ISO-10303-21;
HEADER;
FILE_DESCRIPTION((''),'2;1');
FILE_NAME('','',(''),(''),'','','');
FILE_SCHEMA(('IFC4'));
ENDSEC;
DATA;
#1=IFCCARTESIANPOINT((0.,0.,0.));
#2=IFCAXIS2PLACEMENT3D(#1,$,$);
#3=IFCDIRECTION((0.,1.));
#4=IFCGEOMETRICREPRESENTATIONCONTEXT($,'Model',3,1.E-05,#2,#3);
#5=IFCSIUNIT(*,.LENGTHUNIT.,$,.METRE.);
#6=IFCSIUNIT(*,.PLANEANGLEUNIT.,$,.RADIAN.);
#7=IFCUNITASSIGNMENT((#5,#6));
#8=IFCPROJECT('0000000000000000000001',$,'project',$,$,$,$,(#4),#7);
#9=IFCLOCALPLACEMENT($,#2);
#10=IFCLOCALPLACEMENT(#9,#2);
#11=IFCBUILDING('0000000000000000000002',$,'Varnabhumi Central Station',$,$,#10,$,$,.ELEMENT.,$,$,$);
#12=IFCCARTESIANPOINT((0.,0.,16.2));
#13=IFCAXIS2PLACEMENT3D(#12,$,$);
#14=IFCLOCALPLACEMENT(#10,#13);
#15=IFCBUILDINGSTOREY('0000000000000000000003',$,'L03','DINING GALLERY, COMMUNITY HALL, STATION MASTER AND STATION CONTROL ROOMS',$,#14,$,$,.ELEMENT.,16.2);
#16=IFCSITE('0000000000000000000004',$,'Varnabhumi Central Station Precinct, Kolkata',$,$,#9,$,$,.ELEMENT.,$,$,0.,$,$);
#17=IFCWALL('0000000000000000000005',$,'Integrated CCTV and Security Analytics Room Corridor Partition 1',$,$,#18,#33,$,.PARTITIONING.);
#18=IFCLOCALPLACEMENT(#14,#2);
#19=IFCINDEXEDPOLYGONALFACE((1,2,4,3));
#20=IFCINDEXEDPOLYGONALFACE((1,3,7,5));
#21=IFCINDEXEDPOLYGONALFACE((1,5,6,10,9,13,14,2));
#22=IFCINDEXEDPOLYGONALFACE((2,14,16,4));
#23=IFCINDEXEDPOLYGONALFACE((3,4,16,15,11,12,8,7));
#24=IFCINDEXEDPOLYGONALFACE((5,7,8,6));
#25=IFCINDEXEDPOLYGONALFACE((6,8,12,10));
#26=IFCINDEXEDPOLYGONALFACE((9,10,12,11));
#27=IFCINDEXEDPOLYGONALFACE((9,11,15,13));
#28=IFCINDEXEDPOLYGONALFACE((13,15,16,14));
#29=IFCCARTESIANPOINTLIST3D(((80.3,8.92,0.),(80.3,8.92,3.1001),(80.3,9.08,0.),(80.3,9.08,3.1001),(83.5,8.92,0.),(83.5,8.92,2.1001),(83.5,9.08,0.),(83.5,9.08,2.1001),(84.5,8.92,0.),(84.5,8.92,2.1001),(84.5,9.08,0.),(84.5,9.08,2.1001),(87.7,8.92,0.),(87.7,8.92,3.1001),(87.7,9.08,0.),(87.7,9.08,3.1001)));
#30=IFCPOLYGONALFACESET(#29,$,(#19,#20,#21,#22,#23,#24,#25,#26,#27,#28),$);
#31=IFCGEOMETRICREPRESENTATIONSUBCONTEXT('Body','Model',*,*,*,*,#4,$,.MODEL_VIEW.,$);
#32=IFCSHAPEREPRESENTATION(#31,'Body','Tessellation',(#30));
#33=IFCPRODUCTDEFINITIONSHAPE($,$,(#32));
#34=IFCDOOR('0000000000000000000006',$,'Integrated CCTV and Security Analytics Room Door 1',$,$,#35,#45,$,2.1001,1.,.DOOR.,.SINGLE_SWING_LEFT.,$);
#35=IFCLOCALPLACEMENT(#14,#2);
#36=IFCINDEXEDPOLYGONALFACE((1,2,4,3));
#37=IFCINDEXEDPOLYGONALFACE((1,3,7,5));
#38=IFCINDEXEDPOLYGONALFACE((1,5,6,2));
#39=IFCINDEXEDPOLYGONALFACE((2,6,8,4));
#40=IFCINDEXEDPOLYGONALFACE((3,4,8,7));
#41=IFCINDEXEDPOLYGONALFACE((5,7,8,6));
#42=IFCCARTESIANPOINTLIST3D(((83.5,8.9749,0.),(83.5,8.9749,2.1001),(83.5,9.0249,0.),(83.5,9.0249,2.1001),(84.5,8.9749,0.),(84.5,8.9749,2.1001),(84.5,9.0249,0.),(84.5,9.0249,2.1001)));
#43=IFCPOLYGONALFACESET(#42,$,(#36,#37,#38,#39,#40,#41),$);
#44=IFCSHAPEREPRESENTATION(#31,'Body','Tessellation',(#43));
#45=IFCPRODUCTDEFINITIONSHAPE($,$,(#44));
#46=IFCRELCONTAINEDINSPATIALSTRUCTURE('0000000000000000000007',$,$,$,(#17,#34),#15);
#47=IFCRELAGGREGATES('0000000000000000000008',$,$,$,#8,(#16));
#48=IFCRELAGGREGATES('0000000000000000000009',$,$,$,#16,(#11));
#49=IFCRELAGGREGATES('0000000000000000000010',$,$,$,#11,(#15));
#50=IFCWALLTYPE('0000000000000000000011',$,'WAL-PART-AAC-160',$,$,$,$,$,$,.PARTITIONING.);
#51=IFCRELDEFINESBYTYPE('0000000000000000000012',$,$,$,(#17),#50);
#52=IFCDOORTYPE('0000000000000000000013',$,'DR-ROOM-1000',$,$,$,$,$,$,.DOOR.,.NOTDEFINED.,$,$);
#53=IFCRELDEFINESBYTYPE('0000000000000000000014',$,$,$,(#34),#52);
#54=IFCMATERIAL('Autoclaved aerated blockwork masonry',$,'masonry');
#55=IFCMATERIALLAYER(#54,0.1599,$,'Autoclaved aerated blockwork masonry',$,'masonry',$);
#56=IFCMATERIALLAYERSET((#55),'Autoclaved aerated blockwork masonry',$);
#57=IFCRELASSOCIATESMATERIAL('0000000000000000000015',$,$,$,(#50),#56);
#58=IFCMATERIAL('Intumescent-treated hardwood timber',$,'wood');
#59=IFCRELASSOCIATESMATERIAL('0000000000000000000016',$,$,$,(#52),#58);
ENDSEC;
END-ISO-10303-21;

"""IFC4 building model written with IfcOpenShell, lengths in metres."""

from ifc_helpers import new_model, si_unit, direction, frame, frame_2d, origin, place, context, subcontext, project, spatial, rectangle, extrude, material, layer, layer_set, type_object, element, fill, save


model = new_model("IFC4")

# Units and contexts
model_context = context("Model", 3, precision=1e-05, world=origin(), true_north=direction((0.0, 1.0)))
body_context = subcontext(model_context, "Body", "Model", "MODEL_VIEW")
ifc_project = project(units=[si_unit("LENGTHUNIT", "METRE"), si_unit("PLANEANGLEUNIT", "RADIAN")], contexts=[model_context])

# Site, building, storey
site_placement = place(None, origin())
site = spatial("IfcSite", under=ifc_project, at=site_placement, Name="Varnabhumi Central Station Precinct, Kolkata", CompositionType="ELEMENT", RefElevation=0.0)
building_placement = place(site_placement, origin())
building = spatial("IfcBuilding", under=site, at=building_placement, Name="Varnabhumi Central Station", CompositionType="ELEMENT")
storey_placement = place(building_placement, frame((0.0, 0.0, 16.2)))
storey = spatial("IfcBuildingStorey", under=building, at=storey_placement, Name="L03", Description="DINING GALLERY, COMMUNITY HALL, STATION MASTER AND STATION CONTROL ROOMS", CompositionType="ELEMENT", Elevation=16.2)

# Shared definitions
ifc_material_1 = material(Name="Intumescent-treated hardwood timber", Category="wood")

# Shared definitions
ifc_material_2 = material(Name="Autoclaved aerated blockwork masonry", Category="masonry")
ifc_layer_1 = layer(ifc_material_2, 0.1599, Name="Autoclaved aerated blockwork masonry", Category="masonry")
ifc_layer_set_1 = layer_set([ifc_layer_1], Name="Autoclaved aerated blockwork masonry")
wall_type_1 = type_object("IfcWallType", Name="WAL-PART-AAC-160", PredefinedType="PARTITIONING", material=ifc_layer_set_1)

# Wall, opening, door
wall_1_placement = place(storey_placement, frame((80.3, 9.0, 0.0), z_axis=(0.0, 0.0, 1.0), x_axis=(1.0, 0.0, 0.0)))
wall_1 = element("IfcWall", 1, at=wall_1_placement, inside=storey, type_object=wall_type_1, Name="Integrated CCTV and Security Analytics Room Corridor Partition 1", PredefinedType="PARTITIONING", context=body_context, shape_type="SweptSolid", body=[
    extrude(rectangle(XDim=7.3999, YDim=0.1599, at=frame_2d((3.7, 0.0))), origin(), (0.0, 0.0, 1.0), 3.1001),
])
opening_1_placement = place(wall_1_placement, frame((3.2, 0.0, 0.0)))
opening_1 = element("IfcOpeningElement", 2, at=opening_1_placement, cuts=wall_1, PredefinedType="OPENING", context=body_context, shape_type="SweptSolid", body=[
    extrude(rectangle(XDim=1.0, YDim=2.1001, at=frame_2d((0.5, 1.05))), frame((0.0, 0.0898, 0.0), z_axis=(0.0, -1.0, 0.0), x_axis=(1.0, 0.0, 0.0)), (0.0, 0.0, 1.0), 0.1799),
])
door_type_1 = type_object("IfcDoorType", Name="DR-ROOM-1000", OperationType="NOTDEFINED", PredefinedType="DOOR", material=ifc_material_1)
door_1_placement = place(opening_1_placement, origin())
door_1 = element("IfcDoor", 3, at=door_1_placement, inside=storey, type_object=door_type_1, Name="Integrated CCTV and Security Analytics Room Door 1", OperationType="SINGLE_SWING_LEFT", OverallHeight=2.1001, OverallWidth=1.0, PredefinedType="DOOR", context=body_context, shape_type="SweptSolid", body=[
    extrude(rectangle(XDim=1.0, YDim=2.1001, at=frame_2d((0.5, 1.05))), frame((0.0, 0.0249, 0.0), z_axis=(0.0, -1.0, 0.0), x_axis=(1.0, 0.0, 0.0)), (0.0, 0.0, 1.0), 0.05),
])
fill(opening_1, door_1)

save(model, "model.ifc")
